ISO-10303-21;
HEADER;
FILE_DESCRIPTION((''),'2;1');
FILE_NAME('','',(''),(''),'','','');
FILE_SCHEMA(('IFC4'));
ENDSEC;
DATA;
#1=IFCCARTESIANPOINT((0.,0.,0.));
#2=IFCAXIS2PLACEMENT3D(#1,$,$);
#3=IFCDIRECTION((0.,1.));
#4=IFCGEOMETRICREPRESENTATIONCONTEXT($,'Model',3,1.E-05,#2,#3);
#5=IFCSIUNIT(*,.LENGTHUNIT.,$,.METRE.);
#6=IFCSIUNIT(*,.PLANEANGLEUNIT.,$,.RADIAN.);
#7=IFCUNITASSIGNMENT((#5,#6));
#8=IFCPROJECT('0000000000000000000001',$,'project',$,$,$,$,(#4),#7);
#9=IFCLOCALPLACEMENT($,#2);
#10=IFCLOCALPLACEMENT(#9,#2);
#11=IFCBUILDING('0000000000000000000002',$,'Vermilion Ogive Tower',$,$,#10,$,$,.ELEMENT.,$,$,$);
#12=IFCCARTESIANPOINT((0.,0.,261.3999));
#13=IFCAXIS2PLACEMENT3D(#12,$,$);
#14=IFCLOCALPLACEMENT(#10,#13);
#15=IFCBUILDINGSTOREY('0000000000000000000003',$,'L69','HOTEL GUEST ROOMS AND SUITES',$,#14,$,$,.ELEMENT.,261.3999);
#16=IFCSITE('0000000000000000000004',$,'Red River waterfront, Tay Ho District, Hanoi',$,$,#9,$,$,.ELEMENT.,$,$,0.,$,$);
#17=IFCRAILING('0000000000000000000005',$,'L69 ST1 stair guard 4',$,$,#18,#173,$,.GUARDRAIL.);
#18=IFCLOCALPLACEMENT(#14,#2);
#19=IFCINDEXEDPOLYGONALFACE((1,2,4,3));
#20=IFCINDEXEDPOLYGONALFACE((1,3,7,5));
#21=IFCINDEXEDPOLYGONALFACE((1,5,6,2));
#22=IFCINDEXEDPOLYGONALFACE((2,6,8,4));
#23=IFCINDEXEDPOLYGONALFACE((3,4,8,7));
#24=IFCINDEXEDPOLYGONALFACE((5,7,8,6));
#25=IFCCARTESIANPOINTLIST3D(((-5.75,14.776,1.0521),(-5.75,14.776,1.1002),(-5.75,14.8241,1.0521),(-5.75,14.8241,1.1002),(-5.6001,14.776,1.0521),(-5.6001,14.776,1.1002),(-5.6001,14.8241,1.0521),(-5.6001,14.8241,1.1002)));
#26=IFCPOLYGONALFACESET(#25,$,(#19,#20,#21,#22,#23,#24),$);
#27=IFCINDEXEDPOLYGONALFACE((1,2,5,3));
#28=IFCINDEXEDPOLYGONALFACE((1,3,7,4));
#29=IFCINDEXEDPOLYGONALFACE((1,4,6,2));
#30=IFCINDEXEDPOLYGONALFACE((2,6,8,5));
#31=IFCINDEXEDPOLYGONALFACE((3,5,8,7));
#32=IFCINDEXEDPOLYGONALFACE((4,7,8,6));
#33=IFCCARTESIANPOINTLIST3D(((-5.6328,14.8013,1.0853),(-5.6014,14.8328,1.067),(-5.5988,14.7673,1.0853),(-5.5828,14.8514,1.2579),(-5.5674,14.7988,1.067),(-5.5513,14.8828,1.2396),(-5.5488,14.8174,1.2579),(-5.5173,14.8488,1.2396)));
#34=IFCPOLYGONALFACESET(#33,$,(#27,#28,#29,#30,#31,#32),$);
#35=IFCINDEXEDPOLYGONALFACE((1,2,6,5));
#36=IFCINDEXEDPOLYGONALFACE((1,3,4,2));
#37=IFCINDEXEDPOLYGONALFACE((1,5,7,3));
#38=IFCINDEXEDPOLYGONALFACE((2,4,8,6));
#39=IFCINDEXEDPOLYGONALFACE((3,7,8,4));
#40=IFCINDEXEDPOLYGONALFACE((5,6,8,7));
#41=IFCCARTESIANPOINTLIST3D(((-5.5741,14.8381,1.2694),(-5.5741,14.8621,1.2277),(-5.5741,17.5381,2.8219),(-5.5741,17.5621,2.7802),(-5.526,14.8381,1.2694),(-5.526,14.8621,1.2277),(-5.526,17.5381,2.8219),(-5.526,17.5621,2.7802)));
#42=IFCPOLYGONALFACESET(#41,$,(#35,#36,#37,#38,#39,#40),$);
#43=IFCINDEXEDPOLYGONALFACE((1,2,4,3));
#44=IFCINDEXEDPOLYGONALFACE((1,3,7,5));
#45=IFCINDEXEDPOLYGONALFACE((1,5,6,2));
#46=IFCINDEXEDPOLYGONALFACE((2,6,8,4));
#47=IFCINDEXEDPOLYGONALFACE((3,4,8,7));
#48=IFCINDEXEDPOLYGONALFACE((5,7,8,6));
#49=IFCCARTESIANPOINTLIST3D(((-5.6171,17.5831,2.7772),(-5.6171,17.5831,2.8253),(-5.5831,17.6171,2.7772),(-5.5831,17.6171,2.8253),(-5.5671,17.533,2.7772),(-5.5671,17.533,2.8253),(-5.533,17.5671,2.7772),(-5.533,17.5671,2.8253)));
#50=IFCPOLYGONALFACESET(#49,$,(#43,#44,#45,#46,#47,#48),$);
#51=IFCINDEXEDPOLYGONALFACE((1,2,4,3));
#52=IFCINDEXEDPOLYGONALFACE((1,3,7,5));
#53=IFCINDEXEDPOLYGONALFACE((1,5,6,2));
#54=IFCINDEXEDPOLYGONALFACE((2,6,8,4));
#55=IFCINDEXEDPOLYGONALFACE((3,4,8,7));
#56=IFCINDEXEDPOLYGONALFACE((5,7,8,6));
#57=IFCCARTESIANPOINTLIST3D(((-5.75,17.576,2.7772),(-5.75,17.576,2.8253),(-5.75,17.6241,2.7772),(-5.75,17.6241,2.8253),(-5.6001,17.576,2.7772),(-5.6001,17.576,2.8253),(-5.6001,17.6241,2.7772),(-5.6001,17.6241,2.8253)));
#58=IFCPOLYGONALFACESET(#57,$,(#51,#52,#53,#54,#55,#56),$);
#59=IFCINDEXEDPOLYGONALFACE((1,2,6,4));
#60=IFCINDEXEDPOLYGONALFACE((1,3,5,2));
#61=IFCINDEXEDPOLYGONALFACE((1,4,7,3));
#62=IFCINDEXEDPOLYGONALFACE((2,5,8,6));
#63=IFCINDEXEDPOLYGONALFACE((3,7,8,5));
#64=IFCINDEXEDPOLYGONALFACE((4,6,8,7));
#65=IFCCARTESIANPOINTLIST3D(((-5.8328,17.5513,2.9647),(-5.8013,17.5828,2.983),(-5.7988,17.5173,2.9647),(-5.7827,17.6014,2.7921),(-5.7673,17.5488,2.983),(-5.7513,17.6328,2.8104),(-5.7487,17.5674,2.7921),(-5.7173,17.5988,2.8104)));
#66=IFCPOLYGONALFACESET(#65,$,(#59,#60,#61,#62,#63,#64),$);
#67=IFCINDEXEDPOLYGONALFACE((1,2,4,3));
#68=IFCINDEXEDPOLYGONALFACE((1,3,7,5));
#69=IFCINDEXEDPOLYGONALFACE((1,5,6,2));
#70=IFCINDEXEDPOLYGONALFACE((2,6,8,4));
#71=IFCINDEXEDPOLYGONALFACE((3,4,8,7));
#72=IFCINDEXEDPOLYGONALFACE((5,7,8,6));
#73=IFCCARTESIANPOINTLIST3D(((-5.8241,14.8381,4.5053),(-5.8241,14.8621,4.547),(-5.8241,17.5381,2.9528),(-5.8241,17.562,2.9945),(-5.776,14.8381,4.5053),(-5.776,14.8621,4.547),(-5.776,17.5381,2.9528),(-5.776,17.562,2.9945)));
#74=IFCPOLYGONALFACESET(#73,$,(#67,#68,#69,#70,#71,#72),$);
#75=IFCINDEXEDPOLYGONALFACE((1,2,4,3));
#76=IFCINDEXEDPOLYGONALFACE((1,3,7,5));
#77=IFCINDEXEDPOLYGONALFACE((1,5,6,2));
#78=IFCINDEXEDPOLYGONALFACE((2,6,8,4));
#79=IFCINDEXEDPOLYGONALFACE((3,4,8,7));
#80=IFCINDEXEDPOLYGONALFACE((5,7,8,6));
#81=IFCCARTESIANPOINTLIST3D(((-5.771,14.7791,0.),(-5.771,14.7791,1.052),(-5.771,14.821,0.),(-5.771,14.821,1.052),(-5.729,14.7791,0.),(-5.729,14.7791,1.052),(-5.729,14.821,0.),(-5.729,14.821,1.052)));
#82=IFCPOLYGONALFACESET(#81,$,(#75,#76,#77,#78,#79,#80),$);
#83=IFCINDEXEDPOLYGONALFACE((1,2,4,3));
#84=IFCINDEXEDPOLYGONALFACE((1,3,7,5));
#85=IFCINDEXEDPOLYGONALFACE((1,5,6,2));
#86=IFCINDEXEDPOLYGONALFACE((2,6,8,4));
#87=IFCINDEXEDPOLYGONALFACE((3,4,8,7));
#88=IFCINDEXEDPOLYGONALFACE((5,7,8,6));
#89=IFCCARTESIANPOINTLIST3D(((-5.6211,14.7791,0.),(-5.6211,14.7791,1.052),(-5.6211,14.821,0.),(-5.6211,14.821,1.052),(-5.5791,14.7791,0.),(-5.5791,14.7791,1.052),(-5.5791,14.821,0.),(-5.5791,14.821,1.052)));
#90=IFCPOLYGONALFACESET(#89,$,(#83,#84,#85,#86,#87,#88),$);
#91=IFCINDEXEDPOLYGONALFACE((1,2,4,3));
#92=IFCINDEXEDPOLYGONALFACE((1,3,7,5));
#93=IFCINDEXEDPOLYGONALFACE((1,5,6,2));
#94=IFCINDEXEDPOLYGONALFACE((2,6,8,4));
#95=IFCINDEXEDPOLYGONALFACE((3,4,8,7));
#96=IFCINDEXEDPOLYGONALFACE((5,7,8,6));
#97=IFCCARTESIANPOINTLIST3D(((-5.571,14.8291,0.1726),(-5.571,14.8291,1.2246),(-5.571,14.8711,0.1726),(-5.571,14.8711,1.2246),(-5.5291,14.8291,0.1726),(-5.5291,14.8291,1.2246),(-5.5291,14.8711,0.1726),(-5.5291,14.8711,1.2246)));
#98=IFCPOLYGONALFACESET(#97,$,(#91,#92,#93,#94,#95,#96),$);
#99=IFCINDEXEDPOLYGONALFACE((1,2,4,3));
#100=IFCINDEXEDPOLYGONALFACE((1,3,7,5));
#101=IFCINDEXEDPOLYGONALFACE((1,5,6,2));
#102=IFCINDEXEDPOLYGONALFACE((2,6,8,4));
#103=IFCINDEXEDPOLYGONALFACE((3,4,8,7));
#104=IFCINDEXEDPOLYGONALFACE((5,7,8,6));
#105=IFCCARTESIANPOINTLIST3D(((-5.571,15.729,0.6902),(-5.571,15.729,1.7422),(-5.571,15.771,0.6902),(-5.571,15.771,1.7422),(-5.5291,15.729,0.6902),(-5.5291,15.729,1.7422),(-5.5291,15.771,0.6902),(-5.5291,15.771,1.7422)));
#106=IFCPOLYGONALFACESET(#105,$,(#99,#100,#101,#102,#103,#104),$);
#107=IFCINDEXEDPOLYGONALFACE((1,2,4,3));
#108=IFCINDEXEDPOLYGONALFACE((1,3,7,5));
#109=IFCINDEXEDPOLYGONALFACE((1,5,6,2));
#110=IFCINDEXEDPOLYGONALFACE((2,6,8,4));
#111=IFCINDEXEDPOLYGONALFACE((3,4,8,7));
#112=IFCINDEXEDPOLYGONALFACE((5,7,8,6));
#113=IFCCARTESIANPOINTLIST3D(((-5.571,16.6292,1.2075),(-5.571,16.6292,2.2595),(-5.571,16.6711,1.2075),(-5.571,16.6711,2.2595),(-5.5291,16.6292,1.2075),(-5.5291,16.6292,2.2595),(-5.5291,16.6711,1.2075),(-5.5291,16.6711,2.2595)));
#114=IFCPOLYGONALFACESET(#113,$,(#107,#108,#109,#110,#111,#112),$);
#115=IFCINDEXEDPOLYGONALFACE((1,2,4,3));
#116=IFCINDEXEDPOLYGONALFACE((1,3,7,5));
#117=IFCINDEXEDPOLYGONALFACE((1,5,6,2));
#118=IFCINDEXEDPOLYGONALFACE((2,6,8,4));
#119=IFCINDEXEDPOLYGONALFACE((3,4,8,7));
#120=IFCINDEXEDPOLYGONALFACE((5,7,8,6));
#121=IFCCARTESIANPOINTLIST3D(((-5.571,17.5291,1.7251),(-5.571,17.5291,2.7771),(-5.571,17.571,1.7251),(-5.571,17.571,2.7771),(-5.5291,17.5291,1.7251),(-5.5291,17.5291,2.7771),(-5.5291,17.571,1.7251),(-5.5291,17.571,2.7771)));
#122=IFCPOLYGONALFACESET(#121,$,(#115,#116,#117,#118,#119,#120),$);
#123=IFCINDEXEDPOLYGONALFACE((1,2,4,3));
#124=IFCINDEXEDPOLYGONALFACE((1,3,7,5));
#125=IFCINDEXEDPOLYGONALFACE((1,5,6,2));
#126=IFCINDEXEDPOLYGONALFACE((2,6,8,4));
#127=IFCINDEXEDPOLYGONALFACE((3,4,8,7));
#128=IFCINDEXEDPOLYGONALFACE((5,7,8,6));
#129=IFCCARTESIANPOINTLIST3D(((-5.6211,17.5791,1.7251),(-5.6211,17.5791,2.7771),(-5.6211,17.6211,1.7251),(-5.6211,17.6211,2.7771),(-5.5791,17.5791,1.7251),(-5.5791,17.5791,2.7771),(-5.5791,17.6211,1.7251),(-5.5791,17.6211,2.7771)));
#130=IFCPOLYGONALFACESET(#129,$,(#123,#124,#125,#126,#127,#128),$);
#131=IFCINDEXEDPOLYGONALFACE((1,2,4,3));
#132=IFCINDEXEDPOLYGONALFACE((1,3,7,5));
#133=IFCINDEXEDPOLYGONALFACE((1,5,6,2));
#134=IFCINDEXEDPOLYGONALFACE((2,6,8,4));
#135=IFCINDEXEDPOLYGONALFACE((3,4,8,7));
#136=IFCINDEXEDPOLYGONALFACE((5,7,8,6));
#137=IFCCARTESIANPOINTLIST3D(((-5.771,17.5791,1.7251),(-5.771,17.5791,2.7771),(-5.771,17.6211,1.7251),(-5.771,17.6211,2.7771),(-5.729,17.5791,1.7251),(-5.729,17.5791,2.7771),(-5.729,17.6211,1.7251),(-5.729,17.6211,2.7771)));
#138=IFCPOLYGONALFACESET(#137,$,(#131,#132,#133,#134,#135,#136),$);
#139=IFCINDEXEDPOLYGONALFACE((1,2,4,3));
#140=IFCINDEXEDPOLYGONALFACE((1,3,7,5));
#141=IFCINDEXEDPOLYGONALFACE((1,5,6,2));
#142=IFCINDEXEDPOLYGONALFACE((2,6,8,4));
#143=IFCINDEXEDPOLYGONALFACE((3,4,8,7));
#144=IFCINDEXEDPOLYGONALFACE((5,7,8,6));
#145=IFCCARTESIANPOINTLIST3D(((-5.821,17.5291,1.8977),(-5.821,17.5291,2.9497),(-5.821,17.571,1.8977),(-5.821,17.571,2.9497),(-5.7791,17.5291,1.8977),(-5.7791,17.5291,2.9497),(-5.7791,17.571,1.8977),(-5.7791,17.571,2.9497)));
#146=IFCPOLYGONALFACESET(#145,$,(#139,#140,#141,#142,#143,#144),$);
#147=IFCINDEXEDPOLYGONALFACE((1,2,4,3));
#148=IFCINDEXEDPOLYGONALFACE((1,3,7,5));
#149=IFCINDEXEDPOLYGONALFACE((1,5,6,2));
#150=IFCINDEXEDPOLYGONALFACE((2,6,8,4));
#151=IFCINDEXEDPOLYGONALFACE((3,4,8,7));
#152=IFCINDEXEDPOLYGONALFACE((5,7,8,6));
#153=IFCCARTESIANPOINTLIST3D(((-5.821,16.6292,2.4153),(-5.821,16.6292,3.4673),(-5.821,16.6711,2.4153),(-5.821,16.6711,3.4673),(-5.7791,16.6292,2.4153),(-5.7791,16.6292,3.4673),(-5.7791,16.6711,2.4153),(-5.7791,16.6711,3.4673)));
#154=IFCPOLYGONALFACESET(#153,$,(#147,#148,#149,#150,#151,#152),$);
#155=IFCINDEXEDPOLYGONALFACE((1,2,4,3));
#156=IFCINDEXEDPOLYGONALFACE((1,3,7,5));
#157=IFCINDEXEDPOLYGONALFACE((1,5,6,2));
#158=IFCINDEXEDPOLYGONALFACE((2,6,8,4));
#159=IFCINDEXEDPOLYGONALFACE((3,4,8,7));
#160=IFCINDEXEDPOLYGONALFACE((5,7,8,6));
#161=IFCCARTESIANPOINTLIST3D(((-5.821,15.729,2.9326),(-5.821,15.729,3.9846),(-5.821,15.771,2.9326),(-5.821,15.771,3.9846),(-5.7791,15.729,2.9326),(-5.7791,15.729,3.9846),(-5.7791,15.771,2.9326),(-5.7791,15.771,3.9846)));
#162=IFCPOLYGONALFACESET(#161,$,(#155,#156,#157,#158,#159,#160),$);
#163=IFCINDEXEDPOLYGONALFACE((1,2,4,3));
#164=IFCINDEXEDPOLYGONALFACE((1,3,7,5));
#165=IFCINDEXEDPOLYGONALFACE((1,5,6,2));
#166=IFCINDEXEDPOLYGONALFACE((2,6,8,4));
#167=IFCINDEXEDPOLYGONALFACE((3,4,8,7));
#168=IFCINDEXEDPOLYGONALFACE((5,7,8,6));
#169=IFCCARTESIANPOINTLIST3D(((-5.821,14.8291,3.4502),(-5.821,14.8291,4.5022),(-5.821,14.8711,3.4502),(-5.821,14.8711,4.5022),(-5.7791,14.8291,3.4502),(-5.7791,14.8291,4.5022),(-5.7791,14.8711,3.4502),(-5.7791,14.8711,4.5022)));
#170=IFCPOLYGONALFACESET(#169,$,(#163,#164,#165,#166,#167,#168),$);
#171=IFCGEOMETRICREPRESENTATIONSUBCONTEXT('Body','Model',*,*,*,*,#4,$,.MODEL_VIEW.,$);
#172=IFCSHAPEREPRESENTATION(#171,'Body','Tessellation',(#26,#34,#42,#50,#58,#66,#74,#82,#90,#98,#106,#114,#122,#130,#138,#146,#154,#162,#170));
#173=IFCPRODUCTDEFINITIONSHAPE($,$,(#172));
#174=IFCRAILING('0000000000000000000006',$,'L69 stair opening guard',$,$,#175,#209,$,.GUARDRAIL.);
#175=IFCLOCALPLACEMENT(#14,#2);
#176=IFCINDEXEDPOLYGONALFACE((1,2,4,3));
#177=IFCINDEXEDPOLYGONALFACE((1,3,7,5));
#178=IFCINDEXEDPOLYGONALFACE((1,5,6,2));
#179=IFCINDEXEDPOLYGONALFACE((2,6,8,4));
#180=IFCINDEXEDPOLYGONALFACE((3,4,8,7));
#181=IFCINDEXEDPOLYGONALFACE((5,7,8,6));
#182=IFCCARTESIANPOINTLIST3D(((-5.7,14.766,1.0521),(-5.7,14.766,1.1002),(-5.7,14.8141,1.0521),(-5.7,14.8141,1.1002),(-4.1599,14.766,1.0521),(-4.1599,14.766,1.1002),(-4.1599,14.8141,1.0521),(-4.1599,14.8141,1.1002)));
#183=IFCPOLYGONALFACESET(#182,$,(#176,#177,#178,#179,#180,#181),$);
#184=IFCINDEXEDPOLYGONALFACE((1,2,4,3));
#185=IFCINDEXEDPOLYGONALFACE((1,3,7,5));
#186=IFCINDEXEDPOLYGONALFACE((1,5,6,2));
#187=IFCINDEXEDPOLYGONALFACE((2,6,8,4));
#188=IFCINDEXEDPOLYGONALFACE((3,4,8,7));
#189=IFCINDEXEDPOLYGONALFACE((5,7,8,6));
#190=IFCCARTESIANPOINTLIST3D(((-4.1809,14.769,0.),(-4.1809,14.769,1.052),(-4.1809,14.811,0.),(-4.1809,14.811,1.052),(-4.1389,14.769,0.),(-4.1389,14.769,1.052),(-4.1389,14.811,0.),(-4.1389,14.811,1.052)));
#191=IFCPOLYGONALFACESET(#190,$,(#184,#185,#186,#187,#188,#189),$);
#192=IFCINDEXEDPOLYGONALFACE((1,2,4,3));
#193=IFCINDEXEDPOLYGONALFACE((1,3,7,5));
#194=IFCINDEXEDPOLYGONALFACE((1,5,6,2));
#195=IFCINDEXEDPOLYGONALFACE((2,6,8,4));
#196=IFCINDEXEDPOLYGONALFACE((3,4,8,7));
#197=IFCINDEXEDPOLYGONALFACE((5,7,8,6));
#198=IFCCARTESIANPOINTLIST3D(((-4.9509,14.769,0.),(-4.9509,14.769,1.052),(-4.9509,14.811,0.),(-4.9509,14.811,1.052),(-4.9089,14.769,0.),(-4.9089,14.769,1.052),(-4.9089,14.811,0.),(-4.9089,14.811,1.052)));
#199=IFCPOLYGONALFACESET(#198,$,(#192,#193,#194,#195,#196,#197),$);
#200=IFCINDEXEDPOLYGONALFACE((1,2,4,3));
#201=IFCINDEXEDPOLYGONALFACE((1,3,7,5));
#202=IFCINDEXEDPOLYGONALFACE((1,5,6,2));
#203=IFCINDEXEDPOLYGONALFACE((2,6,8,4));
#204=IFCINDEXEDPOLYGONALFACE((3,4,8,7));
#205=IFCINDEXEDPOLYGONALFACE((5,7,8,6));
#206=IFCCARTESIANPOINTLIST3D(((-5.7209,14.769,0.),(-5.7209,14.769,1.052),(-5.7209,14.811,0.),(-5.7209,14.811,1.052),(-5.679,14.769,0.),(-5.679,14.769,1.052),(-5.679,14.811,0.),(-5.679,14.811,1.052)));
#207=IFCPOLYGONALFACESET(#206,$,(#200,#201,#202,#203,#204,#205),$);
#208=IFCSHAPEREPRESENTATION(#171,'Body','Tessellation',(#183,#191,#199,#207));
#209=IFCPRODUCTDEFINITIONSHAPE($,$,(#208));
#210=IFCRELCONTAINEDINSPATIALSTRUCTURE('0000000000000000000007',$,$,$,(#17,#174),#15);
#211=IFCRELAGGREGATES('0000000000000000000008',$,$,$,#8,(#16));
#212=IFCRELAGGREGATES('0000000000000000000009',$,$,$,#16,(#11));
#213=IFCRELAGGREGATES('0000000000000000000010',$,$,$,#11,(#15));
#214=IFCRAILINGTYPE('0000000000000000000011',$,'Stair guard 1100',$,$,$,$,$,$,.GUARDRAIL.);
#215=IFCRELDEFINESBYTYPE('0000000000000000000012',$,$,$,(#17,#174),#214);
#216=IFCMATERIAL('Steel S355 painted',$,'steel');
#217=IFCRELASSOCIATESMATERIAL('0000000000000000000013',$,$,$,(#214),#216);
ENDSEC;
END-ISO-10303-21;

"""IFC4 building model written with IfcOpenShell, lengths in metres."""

from ifc_helpers import new_model, si_unit, direction, frame, origin, origin_2d, place, context, subcontext, project, spatial, rectangle, extrude, material, type_object, element, save


model = new_model("IFC4")

# Units and contexts
model_context = context("Model", 3, precision=1e-05, world=origin(), true_north=direction((0.0, 1.0)))
body_context = subcontext(model_context, "Body", "Model", "MODEL_VIEW")
ifc_project = project(units=[si_unit("LENGTHUNIT", "METRE"), si_unit("PLANEANGLEUNIT", "RADIAN")], contexts=[model_context])

# Site, building, storey
site_placement = place(None, origin())
site = spatial("IfcSite", under=ifc_project, at=site_placement, Name="Red River waterfront, Tay Ho District, Hanoi", CompositionType="ELEMENT", RefElevation=0.0)
building_placement = place(site_placement, origin())
building = spatial("IfcBuilding", under=site, at=building_placement, Name="Vermilion Ogive Tower", CompositionType="ELEMENT")
storey_placement = place(building_placement, frame((0.0, 0.0, 261.3999)))
storey = spatial("IfcBuildingStorey", under=building, at=storey_placement, Name="L69", Description="HOTEL GUEST ROOMS AND SUITES", CompositionType="ELEMENT", Elevation=261.3999)

# Railings
ifc_material_1 = material(Name="Steel S355 painted", Category="steel")
railing_type_1 = type_object("IfcRailingType", Name="Stair guard 1100", PredefinedType="GUARDRAIL", material=ifc_material_1)
railing_1_placement = place(storey_placement, frame((-5.75, 14.8, 0.0)))
element("IfcRailing", 1, at=railing_1_placement, inside=storey, type_object=railing_type_1, Name="L69 ST1 stair guard 4", PredefinedType="GUARDRAIL", context=body_context, shape_type="SweptSolid", body=[
    extrude(rectangle(XDim=0.0481, YDim=0.0481, at=origin_2d()), frame((0.0, 0.0, 1.0762), z_axis=(1.0, 0.0, 0.0), x_axis=(0.0, 1.0, 0.0)), (0.0, 0.0, 1.0), 0.1499),
    extrude(rectangle(XDim=0.0481, YDim=0.0481, at=origin_2d()), frame((0.1499, 0.0, 1.0762), z_axis=(0.268278, 0.268278, 0.925232), x_axis=(-0.707107, 0.707107, 0.0)), (0.0, 0.0, 1.0), 0.1865),
    extrude(rectangle(XDim=0.0481, YDim=0.0481, at=origin_2d()), frame((0.2, 0.05, 1.2485), z_axis=(0.0, 0.866904, 0.498476), x_axis=(-1.0, 0.0, 0.0)), (0.0, 0.0, 1.0), 3.1145),
    extrude(rectangle(XDim=0.0481, YDim=0.0481, at=origin_2d()), frame((0.2, 2.75, 2.8013), z_axis=(-0.707107, 0.707107, 0.0), x_axis=(-0.707107, -0.707107, 0.0)), (0.0, 0.0, 1.0), 0.0708),
    extrude(rectangle(XDim=0.0481, YDim=0.0481, at=origin_2d()), frame((0.1499, 2.8, 2.8013), z_axis=(-1.0, 0.0, 0.0), x_axis=(0.0, -1.0, 0.0)), (0.0, 0.0, 1.0), 0.1499),
    extrude(rectangle(XDim=0.0481, YDim=0.0481, at=origin_2d()), frame((0.0, 2.8, 2.8013), z_axis=(-0.268278, -0.268278, 0.925232), x_axis=(0.707107, -0.707107, 0.0)), (0.0, 0.0, 1.0), 0.1865),
    extrude(rectangle(XDim=0.0481, YDim=0.0481, at=origin_2d()), frame((-0.05, 2.75, 2.9736), z_axis=(0.0, -0.866904, 0.498476), x_axis=(1.0, 0.0, 0.0)), (0.0, 0.0, 1.0), 3.1145),
    extrude(rectangle(XDim=0.042, YDim=0.042, at=origin_2d()), origin(), (0.0, 0.0, 1.0), 1.052),
    extrude(rectangle(XDim=0.042, YDim=0.042, at=origin_2d()), frame((0.1499, 0.0, 0.0)), (0.0, 0.0, 1.0), 1.052),
    extrude(rectangle(XDim=0.042, YDim=0.042, at=origin_2d()), frame((0.2, 0.05, 0.1726)), (0.0, 0.0, 1.0), 1.052),
    extrude(rectangle(XDim=0.042, YDim=0.042, at=origin_2d()), frame((0.2, 0.95, 0.6902)), (0.0, 0.0, 1.0), 1.052),
    extrude(rectangle(XDim=0.042, YDim=0.042, at=origin_2d()), frame((0.2, 1.8501, 1.2075)), (0.0, 0.0, 1.0), 1.052),
    extrude(rectangle(XDim=0.042, YDim=0.042, at=origin_2d()), frame((0.2, 2.75, 1.7251)), (0.0, 0.0, 1.0), 1.052),
    extrude(rectangle(XDim=0.042, YDim=0.042, at=origin_2d()), frame((0.1499, 2.8, 1.7251)), (0.0, 0.0, 1.0), 1.052),
    extrude(rectangle(XDim=0.042, YDim=0.042, at=origin_2d()), frame((0.0, 2.8, 1.7251)), (0.0, 0.0, 1.0), 1.052),
    extrude(rectangle(XDim=0.042, YDim=0.042, at=origin_2d()), frame((-0.05, 2.75, 1.8977)), (0.0, 0.0, 1.0), 1.052),
    extrude(rectangle(XDim=0.042, YDim=0.042, at=origin_2d()), frame((-0.05, 1.8501, 2.4153)), (0.0, 0.0, 1.0), 1.052),
    extrude(rectangle(XDim=0.042, YDim=0.042, at=origin_2d()), frame((-0.05, 0.95, 2.9326)), (0.0, 0.0, 1.0), 1.052),
    extrude(rectangle(XDim=0.042, YDim=0.042, at=origin_2d()), frame((-0.05, 0.05, 3.4502)), (0.0, 0.0, 1.0), 1.052),
])
railing_2_placement = place(storey_placement, frame((-4.1599, 14.79, 0.0)))
element("IfcRailing", 2, at=railing_2_placement, inside=storey, type_object=railing_type_1, Name="L69 stair opening guard", PredefinedType="GUARDRAIL", context=body_context, shape_type="SweptSolid", body=[
    extrude(rectangle(XDim=0.0481, YDim=0.0481, at=origin_2d()), frame((0.0, 0.0, 1.0762), z_axis=(-1.0, 0.0, 0.0), x_axis=(0.0, -1.0, 0.0)), (0.0, 0.0, 1.0), 1.54),
    extrude(rectangle(XDim=0.042, YDim=0.042, at=origin_2d()), origin(), (0.0, 0.0, 1.0), 1.052),
    extrude(rectangle(XDim=0.042, YDim=0.042, at=origin_2d()), frame((-0.77, 0.0, 0.0)), (0.0, 0.0, 1.0), 1.052),
    extrude(rectangle(XDim=0.042, YDim=0.042, at=origin_2d()), frame((-1.54, 0.0, 0.0)), (0.0, 0.0, 1.0), 1.052),
])

save(model, "model.ifc")
